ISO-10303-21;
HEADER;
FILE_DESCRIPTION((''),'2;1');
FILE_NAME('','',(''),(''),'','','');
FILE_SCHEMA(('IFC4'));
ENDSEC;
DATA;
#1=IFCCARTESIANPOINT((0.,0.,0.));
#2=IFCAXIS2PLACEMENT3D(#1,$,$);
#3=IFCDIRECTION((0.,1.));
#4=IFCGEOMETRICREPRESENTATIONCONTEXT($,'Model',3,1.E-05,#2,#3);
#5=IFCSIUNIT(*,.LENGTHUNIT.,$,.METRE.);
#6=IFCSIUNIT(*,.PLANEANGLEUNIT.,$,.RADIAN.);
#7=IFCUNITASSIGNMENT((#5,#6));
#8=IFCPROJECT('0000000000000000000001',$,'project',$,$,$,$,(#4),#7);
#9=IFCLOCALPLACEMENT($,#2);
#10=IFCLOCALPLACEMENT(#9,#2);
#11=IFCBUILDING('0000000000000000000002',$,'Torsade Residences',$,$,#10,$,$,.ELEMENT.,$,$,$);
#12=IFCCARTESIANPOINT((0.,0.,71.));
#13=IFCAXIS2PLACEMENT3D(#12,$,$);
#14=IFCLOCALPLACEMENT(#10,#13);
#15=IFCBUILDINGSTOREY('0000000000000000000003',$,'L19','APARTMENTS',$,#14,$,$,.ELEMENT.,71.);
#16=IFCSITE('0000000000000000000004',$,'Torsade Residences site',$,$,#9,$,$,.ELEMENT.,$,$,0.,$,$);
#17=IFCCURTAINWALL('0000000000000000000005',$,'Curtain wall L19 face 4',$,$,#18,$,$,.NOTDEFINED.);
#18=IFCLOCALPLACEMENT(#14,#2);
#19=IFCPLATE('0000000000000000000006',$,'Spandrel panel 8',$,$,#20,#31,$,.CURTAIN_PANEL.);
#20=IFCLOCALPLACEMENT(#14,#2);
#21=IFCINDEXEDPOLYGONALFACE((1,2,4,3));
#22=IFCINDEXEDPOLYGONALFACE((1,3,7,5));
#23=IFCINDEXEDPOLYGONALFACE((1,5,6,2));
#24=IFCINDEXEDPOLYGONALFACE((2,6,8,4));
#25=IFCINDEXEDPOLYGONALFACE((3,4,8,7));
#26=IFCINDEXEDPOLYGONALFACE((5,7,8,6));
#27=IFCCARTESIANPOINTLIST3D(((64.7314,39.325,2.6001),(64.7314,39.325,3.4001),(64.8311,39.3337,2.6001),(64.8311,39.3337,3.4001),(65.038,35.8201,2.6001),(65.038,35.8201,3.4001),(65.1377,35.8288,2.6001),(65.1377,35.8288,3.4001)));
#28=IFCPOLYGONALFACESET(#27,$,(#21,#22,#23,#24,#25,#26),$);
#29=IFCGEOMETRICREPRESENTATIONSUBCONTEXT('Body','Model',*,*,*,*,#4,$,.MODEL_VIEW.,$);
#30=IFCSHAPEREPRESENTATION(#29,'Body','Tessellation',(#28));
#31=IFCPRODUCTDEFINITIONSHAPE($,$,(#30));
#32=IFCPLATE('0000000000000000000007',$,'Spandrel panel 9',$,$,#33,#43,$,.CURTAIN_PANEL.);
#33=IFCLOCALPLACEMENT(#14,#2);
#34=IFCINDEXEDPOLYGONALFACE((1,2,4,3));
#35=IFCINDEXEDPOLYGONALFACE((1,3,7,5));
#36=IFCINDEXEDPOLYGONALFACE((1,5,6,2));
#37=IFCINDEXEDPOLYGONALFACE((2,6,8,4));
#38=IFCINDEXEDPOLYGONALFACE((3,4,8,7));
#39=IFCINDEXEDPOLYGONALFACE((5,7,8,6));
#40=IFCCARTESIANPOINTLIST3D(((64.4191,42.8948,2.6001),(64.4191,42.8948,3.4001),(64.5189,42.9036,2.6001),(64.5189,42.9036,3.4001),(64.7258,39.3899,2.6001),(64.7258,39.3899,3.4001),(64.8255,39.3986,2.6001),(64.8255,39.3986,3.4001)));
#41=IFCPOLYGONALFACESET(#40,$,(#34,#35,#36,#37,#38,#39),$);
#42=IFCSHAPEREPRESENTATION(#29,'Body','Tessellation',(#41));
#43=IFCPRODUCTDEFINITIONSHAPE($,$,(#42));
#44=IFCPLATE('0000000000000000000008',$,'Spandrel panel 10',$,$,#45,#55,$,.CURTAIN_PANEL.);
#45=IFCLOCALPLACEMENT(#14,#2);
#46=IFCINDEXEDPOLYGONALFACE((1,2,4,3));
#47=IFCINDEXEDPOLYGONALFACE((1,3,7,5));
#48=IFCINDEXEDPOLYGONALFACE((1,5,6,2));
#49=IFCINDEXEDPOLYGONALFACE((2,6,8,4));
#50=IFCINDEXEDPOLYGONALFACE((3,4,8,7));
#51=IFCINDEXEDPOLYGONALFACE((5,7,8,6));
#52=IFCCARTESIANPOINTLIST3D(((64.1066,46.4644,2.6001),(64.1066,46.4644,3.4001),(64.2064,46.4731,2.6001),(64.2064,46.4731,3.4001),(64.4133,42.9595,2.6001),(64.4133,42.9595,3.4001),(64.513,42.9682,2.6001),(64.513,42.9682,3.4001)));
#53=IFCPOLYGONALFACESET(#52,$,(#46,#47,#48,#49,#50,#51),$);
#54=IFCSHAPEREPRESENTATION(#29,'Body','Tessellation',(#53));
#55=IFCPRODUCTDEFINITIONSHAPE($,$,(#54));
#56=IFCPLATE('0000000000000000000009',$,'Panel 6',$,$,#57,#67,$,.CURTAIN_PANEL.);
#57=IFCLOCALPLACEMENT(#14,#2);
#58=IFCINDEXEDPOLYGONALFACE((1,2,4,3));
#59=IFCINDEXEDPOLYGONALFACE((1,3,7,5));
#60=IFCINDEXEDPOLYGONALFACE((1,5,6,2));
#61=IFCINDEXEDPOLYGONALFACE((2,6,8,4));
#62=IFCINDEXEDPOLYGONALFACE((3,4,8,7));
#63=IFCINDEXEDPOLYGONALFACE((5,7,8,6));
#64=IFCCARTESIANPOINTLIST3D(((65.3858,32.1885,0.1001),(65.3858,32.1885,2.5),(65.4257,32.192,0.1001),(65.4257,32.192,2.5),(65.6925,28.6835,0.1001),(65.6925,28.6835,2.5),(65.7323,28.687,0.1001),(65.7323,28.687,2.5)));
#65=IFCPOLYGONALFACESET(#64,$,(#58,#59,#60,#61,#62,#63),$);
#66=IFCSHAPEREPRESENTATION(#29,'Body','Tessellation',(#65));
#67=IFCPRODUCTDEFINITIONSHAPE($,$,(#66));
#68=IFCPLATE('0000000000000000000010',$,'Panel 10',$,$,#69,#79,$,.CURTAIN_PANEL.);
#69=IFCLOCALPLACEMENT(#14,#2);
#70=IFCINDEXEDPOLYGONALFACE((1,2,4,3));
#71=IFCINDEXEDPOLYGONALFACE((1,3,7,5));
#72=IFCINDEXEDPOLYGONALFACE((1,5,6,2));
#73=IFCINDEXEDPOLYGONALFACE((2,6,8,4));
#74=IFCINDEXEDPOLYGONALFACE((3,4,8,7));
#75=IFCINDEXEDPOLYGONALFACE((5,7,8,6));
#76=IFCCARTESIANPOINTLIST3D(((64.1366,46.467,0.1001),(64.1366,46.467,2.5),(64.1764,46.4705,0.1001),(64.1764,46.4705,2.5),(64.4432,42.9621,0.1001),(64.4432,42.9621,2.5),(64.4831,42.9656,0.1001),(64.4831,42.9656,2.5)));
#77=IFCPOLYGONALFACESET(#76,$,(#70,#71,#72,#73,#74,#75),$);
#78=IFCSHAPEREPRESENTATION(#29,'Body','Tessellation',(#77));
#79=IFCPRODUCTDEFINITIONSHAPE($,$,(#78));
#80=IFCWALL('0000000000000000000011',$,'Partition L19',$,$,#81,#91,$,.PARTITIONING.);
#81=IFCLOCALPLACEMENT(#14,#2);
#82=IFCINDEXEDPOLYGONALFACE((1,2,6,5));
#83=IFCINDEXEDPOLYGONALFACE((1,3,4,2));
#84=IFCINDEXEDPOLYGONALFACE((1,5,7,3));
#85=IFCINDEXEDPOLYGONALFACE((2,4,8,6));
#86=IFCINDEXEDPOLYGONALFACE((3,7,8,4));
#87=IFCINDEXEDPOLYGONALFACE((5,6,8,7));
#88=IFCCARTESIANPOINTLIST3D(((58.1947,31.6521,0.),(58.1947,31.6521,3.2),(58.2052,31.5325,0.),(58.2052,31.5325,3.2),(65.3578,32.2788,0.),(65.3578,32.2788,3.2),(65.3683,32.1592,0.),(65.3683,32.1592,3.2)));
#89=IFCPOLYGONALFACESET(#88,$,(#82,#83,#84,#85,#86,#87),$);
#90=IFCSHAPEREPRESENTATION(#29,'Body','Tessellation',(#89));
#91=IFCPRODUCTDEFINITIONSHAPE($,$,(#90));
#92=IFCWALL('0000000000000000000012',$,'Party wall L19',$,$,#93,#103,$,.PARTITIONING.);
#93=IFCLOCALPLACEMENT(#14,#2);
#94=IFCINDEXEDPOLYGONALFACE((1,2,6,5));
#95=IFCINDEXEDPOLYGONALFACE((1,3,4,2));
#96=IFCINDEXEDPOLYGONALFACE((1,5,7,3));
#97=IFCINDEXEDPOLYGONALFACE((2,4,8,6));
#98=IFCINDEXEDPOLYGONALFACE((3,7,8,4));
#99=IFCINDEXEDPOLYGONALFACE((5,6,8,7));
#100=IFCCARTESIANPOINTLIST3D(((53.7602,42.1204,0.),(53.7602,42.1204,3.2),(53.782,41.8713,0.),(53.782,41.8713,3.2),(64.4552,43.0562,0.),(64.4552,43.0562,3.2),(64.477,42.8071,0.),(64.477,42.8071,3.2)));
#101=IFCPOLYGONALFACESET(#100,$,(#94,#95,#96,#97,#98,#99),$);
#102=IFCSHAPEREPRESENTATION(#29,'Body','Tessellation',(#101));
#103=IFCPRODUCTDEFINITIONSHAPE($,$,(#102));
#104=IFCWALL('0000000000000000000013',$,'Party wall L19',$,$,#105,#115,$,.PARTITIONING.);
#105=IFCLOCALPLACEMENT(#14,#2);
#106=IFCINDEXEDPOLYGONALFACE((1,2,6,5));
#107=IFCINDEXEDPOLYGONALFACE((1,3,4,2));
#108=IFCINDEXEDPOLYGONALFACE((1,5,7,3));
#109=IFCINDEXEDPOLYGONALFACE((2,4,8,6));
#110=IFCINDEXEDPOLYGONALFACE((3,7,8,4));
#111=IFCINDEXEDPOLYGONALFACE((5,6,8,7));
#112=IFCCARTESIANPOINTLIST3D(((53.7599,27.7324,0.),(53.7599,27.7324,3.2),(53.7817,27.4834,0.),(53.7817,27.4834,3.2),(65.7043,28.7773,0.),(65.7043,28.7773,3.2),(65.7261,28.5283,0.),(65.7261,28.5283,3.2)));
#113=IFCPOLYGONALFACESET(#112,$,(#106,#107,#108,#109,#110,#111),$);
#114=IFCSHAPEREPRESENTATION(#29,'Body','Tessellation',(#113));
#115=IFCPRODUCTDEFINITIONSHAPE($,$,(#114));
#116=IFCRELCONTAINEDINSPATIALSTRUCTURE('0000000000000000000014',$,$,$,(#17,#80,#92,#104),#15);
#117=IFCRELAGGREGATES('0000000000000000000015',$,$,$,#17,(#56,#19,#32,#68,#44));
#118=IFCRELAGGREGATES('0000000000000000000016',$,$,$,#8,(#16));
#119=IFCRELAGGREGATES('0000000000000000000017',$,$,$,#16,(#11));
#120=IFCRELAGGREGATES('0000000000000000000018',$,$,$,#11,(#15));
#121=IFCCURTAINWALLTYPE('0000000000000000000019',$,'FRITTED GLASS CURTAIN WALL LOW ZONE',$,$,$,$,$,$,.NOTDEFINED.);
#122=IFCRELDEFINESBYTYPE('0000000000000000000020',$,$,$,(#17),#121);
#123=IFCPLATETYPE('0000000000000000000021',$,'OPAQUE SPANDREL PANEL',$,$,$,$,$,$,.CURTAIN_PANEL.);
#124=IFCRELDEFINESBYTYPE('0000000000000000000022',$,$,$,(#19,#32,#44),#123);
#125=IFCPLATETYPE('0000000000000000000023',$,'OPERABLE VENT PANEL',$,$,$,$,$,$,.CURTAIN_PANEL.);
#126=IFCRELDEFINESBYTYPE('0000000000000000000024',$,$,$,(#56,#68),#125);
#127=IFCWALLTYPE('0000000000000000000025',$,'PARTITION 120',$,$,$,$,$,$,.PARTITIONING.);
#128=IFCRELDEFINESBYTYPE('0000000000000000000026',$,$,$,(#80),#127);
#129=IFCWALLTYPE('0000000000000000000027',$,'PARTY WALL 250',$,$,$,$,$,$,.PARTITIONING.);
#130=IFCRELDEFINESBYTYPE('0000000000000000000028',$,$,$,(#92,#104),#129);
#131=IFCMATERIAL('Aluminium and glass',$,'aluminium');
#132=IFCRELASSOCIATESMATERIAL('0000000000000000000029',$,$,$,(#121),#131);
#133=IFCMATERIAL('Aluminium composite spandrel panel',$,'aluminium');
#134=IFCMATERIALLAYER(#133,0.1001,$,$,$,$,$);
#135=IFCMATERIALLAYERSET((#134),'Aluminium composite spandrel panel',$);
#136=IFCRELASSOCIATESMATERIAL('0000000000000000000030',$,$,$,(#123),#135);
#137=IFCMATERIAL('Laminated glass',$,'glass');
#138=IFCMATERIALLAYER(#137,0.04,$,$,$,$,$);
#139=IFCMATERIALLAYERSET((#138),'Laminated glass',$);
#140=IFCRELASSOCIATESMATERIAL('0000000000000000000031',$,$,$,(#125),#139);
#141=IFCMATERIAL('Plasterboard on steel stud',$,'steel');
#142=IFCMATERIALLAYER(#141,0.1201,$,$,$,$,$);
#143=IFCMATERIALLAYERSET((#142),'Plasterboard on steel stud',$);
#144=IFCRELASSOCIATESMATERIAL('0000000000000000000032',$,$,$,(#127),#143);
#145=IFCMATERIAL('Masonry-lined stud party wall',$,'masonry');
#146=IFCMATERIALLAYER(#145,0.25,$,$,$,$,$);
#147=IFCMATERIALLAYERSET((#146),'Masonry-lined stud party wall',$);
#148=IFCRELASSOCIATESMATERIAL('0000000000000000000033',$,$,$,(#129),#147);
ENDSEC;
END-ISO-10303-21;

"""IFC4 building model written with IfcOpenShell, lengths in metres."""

from ifc_helpers import new_model, si_unit, direction, frame, frame_2d, origin, origin_2d, place, context, subcontext, project, spatial, rectangle, extrude, material, layer, layer_set, type_object, element, aggregate, save


model = new_model("IFC4")

# Units and contexts
model_context = context("Model", 3, precision=1e-05, world=origin(), true_north=direction((0.0, 1.0)))
body_context = subcontext(model_context, "Body", "Model", "MODEL_VIEW")
ifc_project = project(units=[si_unit("LENGTHUNIT", "METRE"), si_unit("PLANEANGLEUNIT", "RADIAN")], contexts=[model_context])

# Site, building, storey
site_placement = place(None, origin())
site = spatial("IfcSite", under=ifc_project, at=site_placement, Name="Torsade Residences site", CompositionType="ELEMENT", RefElevation=0.0)
building_placement = place(site_placement, origin())
building = spatial("IfcBuilding", under=site, at=building_placement, Name="Torsade Residences", CompositionType="ELEMENT")
storey_placement = place(building_placement, frame((0.0, 0.0, 71.0)))
storey = spatial("IfcBuildingStorey", under=building, at=storey_placement, Name="L19", Description="APARTMENTS", CompositionType="ELEMENT", Elevation=71.0)

# Curtain wall
ifc_material_1 = material(Name="Aluminium and glass", Category="aluminium")
curtain_wall_type = type_object("IfcCurtainWallType", Name="FRITTED GLASS CURTAIN WALL LOW ZONE", PredefinedType="NOTDEFINED", material=ifc_material_1)
curtain_wall_placement = place(storey_placement, origin())
curtain_wall = element("IfcCurtainWall", 1, at=curtain_wall_placement, inside=storey, type_object=curtain_wall_type, Name="Curtain wall L19 face 4", PredefinedType="NOTDEFINED")

# Plates
ifc_material_2 = material(Name="Aluminium composite spandrel panel", Category="aluminium")
ifc_layer_1 = layer(ifc_material_2, 0.1001)
ifc_layer_set_1 = layer_set([ifc_layer_1], Name="Aluminium composite spandrel panel")
plate_type_1 = type_object("IfcPlateType", Name="OPAQUE SPANDREL PANEL", PredefinedType="CURTAIN_PANEL", material=ifc_layer_set_1)
plate_1_placement = place(storey_placement, frame((64.9346, 37.5769, 2.6001), z_axis=(0.0, 0.0, 1.0), x_axis=(-0.087156, 0.996195, 0.0)))
plate_1 = element("IfcPlate", 2, at=plate_1_placement, type_object=plate_type_1, Name="Spandrel panel 8", PredefinedType="CURTAIN_PANEL", context=body_context, shape_type="SweptSolid", body=[
    extrude(rectangle(XDim=3.5183, YDim=0.1001, at=origin_2d()), origin(), (0.0, 0.0, 1.0), 0.8),
])
plate_2_placement = place(storey_placement, frame((64.6223, 41.1467, 2.6001), z_axis=(0.0, 0.0, 1.0), x_axis=(-0.087156, 0.996195, 0.0)))
plate_2 = element("IfcPlate", 3, at=plate_2_placement, type_object=plate_type_1, Name="Spandrel panel 9", PredefinedType="CURTAIN_PANEL", context=body_context, shape_type="SweptSolid", body=[
    extrude(rectangle(XDim=3.5183, YDim=0.1001, at=origin_2d()), origin(), (0.0, 0.0, 1.0), 0.8),
])
plate_3_placement = place(storey_placement, frame((64.3098, 44.7163, 2.6001), z_axis=(0.0, 0.0, 1.0), x_axis=(-0.087156, 0.996195, 0.0)))
plate_3 = element("IfcPlate", 4, at=plate_3_placement, type_object=plate_type_1, Name="Spandrel panel 10", PredefinedType="CURTAIN_PANEL", context=body_context, shape_type="SweptSolid", body=[
    extrude(rectangle(XDim=3.5183, YDim=0.1001, at=origin_2d()), origin(), (0.0, 0.0, 1.0), 0.8),
])
ifc_material_3 = material(Name="Laminated glass", Category="glass")
ifc_layer_2 = layer(ifc_material_3, 0.04)
ifc_layer_set_2 = layer_set([ifc_layer_2], Name="Laminated glass")
plate_type_2 = type_object("IfcPlateType", Name="OPERABLE VENT PANEL", PredefinedType="CURTAIN_PANEL", material=ifc_layer_set_2)
plate_4_placement = place(storey_placement, frame((65.5591, 30.4377, 0.1001), z_axis=(0.0, 0.0, 1.0), x_axis=(-0.087156, 0.996195, 0.0)))
plate_4 = element("IfcPlate", 5, at=plate_4_placement, type_object=plate_type_2, Name="Panel 6", PredefinedType="CURTAIN_PANEL", context=body_context, shape_type="SweptSolid", body=[
    extrude(rectangle(XDim=3.5183, YDim=0.04, at=origin_2d()), origin(), (0.0, 0.0, 1.0), 2.3999),
])
plate_5_placement = place(storey_placement, frame((64.3098, 44.7163, 0.1001), z_axis=(0.0, 0.0, 1.0), x_axis=(-0.087156, 0.996195, 0.0)))
plate_5 = element("IfcPlate", 6, at=plate_5_placement, type_object=plate_type_2, Name="Panel 10", PredefinedType="CURTAIN_PANEL", context=body_context, shape_type="SweptSolid", body=[
    extrude(rectangle(XDim=3.5183, YDim=0.04, at=origin_2d()), origin(), (0.0, 0.0, 1.0), 2.3999),
])
aggregate(curtain_wall, [plate_4, plate_1, plate_2, plate_5, plate_3])

# Walls
ifc_material_4 = material(Name="Plasterboard on steel stud", Category="steel")
ifc_layer_3 = layer(ifc_material_4, 0.1201)
ifc_layer_set_3 = layer_set([ifc_layer_3], Name="Plasterboard on steel stud")
wall_type_1 = type_object("IfcWallType", Name="PARTITION 120", PredefinedType="PARTITIONING", material=ifc_layer_set_3)
wall_1_placement = place(storey_placement, frame((65.363, 32.219, 0.0), z_axis=(0.0, 0.0, 1.0), x_axis=(-0.996194, -0.087159, 0.0)))
element("IfcWall", 7, at=wall_1_placement, inside=storey, type_object=wall_type_1, Name="Partition L19", PredefinedType="PARTITIONING", context=body_context, shape_type="SweptSolid", body=[
    extrude(rectangle(XDim=7.1904, YDim=0.1201, at=frame_2d((3.5952, 0.0))), origin(), (0.0, 0.0, 1.0), 3.2),
])
ifc_material_5 = material(Name="Masonry-lined stud party wall", Category="masonry")
ifc_layer_4 = layer(ifc_material_5, 0.25)
ifc_layer_set_4 = layer_set([ifc_layer_4], Name="Masonry-lined stud party wall")
wall_type_2 = type_object("IfcWallType", Name="PARTY WALL 250", PredefinedType="PARTITIONING", material=ifc_layer_set_4)
wall_2_placement = place(storey_placement, frame((64.4661, 42.9316, 0.0), z_axis=(0.0, 0.0, 1.0), x_axis=(-0.996194, -0.087164, 0.0)))
element("IfcWall", 8, at=wall_2_placement, inside=storey, type_object=wall_type_2, Name="Party wall L19", PredefinedType="PARTITIONING", context=body_context, shape_type="SweptSolid", body=[
    extrude(rectangle(XDim=10.7358, YDim=0.25, at=frame_2d((5.3679, 0.0))), origin(), (0.0, 0.0, 1.0), 3.2),
])
wall_3_placement = place(storey_placement, frame((65.7153, 28.6528, 0.0), z_axis=(0.0, 0.0, 1.0), x_axis=(-0.996195, -0.08715, 0.0)))
element("IfcWall", 9, at=wall_3_placement, inside=storey, type_object=wall_type_2, Name="Party wall L19", PredefinedType="PARTITIONING", context=body_context, shape_type="SweptSolid", body=[
    extrude(rectangle(XDim=11.99, YDim=0.25, at=frame_2d((5.9951, 0.0))), origin(), (0.0, 0.0, 1.0), 3.2),
])

save(model, "model.ifc")
